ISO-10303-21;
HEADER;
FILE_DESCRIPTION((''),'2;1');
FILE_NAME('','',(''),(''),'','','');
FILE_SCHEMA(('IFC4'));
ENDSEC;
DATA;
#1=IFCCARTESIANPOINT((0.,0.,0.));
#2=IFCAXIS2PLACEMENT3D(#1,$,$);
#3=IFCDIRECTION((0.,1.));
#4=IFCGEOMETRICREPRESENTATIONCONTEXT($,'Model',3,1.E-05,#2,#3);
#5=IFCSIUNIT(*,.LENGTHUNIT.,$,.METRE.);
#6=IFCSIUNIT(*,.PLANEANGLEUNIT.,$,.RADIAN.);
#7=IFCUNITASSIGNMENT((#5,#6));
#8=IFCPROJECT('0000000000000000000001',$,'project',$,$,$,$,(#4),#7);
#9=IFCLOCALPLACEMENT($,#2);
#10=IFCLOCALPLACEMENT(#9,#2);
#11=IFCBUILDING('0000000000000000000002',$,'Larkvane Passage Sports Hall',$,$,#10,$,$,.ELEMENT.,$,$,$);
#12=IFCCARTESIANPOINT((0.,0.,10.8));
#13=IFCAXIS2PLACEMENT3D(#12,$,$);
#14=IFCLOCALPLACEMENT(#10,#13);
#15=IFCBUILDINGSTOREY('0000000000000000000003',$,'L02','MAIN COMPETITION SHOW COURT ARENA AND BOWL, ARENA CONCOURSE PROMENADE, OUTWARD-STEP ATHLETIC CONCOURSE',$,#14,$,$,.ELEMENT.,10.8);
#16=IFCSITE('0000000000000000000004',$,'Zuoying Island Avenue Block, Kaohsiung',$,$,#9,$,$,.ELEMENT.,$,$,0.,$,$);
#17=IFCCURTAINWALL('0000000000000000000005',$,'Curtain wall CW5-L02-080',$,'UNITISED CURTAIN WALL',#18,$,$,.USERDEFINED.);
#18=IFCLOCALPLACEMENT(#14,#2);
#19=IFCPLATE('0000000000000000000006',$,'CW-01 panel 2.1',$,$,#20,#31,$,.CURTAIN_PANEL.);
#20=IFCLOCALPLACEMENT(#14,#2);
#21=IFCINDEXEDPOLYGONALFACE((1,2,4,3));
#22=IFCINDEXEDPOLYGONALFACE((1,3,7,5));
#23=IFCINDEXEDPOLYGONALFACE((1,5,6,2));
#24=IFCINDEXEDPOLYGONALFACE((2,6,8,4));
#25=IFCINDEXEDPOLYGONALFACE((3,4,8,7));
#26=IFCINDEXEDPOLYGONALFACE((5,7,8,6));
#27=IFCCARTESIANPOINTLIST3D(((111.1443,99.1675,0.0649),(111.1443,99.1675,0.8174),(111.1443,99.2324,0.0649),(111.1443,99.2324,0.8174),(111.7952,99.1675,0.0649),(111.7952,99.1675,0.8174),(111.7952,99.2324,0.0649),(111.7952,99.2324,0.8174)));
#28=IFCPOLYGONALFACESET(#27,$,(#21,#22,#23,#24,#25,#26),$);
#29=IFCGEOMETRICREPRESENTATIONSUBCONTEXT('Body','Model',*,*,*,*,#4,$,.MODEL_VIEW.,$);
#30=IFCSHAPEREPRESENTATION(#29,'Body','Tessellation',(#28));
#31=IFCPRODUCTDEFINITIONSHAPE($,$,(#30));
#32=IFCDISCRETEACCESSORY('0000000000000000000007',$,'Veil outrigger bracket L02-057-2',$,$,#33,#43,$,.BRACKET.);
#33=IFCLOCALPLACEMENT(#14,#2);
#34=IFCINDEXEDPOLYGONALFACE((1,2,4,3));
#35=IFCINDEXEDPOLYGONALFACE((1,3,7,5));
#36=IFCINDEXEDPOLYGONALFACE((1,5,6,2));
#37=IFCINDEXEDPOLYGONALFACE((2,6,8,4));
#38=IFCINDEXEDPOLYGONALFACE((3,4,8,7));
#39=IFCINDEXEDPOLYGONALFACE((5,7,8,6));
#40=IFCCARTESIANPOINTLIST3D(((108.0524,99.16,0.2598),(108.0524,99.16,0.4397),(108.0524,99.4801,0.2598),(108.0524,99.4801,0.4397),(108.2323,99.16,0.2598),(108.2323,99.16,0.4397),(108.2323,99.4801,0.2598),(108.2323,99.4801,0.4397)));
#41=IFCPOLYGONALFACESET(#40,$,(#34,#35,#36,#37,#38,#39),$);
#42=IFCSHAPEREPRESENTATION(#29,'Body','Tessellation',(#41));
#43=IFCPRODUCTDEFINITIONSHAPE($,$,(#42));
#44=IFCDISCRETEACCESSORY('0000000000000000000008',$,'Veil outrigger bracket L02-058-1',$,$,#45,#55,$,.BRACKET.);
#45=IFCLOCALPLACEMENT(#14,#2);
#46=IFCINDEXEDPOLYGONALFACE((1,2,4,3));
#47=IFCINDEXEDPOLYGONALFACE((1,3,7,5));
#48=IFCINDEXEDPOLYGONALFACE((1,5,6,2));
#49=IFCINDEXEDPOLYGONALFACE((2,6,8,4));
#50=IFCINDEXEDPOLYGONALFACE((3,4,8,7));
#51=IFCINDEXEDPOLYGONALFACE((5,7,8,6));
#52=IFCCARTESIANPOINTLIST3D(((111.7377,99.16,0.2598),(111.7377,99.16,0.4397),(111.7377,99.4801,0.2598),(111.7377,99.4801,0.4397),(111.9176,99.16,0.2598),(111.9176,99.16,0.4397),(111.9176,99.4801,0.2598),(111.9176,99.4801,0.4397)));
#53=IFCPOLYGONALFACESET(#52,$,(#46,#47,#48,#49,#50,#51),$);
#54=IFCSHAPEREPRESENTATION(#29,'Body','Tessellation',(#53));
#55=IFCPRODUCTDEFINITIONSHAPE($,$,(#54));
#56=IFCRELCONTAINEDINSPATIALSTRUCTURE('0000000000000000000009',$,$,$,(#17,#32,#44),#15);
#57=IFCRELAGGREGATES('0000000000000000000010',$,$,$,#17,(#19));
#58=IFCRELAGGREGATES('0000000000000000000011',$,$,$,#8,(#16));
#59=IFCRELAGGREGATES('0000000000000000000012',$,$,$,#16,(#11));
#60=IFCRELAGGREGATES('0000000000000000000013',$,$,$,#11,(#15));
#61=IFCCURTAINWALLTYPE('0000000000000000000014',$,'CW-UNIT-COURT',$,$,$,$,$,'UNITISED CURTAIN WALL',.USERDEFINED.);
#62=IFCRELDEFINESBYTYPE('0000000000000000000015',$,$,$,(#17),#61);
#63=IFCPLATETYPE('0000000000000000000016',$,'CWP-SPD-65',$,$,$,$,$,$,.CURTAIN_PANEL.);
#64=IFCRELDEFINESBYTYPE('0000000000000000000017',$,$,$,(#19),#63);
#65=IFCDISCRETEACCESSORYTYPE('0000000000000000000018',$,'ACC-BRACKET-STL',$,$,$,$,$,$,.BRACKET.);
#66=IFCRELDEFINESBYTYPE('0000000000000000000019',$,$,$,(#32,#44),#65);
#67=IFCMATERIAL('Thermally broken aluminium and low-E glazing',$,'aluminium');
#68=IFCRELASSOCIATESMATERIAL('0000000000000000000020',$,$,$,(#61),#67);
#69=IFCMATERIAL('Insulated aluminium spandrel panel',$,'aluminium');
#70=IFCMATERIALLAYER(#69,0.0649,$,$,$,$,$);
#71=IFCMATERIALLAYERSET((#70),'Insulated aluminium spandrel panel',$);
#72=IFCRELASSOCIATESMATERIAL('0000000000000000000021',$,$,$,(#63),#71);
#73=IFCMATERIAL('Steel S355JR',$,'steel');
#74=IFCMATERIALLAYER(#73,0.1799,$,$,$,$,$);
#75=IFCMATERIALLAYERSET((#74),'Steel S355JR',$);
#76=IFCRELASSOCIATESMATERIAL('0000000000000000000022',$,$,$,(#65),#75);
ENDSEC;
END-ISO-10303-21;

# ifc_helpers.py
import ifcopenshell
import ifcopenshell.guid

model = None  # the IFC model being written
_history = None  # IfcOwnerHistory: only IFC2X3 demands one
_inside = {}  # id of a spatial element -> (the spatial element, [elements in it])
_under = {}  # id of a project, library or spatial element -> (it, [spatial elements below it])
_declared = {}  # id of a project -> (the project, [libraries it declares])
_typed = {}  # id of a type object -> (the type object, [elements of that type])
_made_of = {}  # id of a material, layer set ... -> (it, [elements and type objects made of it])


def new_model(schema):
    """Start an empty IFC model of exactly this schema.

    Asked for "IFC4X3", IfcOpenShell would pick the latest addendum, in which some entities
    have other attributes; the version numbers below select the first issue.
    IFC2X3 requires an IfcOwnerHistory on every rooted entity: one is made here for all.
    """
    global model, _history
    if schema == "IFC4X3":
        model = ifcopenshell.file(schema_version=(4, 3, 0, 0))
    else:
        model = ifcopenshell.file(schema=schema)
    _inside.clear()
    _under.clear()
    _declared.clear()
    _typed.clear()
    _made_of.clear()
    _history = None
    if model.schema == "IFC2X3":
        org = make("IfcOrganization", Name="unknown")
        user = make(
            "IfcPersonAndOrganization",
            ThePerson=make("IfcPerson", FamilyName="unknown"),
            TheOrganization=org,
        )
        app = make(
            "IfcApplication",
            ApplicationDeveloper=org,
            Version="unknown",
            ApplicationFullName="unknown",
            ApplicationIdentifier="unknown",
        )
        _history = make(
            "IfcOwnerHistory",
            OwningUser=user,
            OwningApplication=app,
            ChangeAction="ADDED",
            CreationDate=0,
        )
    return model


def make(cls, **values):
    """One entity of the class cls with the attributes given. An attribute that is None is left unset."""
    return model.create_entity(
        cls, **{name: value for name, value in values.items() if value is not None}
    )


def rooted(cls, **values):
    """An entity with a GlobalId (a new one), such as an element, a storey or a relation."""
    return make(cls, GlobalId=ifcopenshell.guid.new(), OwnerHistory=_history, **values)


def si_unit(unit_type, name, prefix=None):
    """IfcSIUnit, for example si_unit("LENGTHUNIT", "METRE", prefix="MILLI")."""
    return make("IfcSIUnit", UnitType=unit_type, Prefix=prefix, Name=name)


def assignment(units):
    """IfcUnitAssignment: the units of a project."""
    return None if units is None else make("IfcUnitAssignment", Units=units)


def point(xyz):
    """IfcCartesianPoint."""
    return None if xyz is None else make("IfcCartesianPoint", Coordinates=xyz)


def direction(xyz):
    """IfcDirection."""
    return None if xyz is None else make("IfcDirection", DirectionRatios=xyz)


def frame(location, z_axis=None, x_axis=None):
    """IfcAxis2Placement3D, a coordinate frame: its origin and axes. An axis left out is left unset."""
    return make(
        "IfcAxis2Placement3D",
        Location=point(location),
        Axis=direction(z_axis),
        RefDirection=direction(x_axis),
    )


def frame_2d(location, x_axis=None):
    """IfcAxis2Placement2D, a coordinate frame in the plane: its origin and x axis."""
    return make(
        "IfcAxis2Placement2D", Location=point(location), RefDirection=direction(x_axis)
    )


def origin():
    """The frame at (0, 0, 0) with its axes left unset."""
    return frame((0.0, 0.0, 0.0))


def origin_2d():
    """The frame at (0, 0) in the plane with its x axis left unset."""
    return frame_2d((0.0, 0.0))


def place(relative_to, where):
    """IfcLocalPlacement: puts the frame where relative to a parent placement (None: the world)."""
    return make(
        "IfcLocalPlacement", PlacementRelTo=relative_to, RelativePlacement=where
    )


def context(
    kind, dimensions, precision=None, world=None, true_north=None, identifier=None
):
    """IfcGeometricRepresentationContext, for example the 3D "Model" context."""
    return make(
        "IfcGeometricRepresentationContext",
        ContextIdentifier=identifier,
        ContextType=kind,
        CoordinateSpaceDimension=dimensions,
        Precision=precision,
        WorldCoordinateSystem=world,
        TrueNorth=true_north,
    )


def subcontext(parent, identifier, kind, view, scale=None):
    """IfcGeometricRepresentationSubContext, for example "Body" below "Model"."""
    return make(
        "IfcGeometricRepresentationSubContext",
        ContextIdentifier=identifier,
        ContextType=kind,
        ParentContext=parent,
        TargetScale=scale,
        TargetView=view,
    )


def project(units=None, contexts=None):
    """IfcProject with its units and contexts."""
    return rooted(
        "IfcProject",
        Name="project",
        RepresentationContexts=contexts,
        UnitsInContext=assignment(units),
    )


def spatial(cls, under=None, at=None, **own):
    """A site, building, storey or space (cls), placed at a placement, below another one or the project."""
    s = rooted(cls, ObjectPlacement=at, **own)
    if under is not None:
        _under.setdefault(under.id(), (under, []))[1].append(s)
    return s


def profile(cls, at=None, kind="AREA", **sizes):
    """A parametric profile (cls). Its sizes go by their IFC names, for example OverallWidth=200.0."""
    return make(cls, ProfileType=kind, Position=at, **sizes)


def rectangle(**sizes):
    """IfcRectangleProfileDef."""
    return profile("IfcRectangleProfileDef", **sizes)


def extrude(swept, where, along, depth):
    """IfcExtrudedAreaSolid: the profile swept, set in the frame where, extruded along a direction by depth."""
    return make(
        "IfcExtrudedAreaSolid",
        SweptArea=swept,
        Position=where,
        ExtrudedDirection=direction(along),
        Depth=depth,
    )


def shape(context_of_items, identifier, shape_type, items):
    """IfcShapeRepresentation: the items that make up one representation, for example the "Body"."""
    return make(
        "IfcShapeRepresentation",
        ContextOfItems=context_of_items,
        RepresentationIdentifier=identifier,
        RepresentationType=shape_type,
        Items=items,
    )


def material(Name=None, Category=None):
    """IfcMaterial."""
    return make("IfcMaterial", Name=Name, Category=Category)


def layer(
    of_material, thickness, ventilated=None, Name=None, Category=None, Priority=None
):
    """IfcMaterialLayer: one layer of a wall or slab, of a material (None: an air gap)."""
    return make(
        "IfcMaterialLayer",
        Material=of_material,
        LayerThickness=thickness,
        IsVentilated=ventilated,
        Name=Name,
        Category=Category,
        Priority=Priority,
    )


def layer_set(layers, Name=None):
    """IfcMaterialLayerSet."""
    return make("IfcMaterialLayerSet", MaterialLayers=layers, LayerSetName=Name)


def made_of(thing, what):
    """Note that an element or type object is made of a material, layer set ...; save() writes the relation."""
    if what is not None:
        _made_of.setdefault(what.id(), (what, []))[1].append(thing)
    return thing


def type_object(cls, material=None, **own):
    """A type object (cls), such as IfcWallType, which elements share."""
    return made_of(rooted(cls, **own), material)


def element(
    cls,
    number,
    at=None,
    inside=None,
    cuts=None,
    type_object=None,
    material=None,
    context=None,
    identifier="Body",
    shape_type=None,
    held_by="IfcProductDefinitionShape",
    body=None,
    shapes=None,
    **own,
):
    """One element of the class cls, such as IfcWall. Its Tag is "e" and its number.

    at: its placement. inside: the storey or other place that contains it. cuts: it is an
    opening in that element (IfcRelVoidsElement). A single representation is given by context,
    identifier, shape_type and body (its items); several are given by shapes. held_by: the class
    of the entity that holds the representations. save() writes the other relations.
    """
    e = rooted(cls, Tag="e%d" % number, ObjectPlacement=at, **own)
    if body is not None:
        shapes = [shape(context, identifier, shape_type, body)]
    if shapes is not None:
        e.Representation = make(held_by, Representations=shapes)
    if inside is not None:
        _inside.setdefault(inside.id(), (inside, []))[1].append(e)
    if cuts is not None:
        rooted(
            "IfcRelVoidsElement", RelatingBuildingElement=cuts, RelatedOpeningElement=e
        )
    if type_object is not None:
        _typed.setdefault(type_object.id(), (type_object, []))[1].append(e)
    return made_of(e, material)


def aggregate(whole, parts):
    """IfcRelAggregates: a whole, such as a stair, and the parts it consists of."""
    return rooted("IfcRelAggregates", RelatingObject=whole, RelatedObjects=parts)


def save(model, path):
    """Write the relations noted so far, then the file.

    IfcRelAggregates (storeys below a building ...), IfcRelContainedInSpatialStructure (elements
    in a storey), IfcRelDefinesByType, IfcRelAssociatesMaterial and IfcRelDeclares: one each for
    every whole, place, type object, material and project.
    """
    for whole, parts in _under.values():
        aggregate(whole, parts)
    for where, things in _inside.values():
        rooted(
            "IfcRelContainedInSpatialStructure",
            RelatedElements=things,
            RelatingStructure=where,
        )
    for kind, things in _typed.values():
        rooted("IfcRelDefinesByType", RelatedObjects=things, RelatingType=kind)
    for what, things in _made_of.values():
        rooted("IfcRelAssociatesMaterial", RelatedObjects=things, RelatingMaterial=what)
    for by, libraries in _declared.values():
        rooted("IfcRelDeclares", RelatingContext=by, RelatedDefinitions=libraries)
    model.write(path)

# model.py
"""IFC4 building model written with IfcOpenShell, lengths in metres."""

from ifc_helpers import new_model, si_unit, direction, frame, origin, origin_2d, place, context, subcontext, project, spatial, rectangle, extrude, material, layer, layer_set, type_object, element, aggregate, save


model = new_model("IFC4")

# Units and contexts
model_context = context("Model", 3, precision=1e-05, world=origin(), true_north=direction((0.0, 1.0)))
body_context = subcontext(model_context, "Body", "Model", "MODEL_VIEW")
ifc_project = project(units=[si_unit("LENGTHUNIT", "METRE"), si_unit("PLANEANGLEUNIT", "RADIAN")], contexts=[model_context])

# Site, building, storey
site_placement = place(None, origin())
site = spatial("IfcSite", under=ifc_project, at=site_placement, Name="Zuoying Island Avenue Block, Kaohsiung", CompositionType="ELEMENT", RefElevation=0.0)
building_placement = place(site_placement, origin())
building = spatial("IfcBuilding", under=site, at=building_placement, Name="Larkvane Passage Sports Hall", CompositionType="ELEMENT")
storey_placement = place(building_placement, frame((0.0, 0.0, 10.8)))
storey = spatial("IfcBuildingStorey", under=building, at=storey_placement, Name="L02", Description="MAIN COMPETITION SHOW COURT ARENA AND BOWL, ARENA CONCOURSE PROMENADE, OUTWARD-STEP ATHLETIC CONCOURSE", CompositionType="ELEMENT", Elevation=10.8)

# Curtain wall
ifc_material_1 = material(Name="Thermally broken aluminium and low-E glazing", Category="aluminium")
curtain_wall_type_1 = type_object("IfcCurtainWallType", Name="CW-UNIT-COURT", ElementType="UNITISED CURTAIN WALL", PredefinedType="USERDEFINED", material=ifc_material_1)
curtain_wall_1_placement = place(storey_placement, origin())
curtain_wall_1 = element("IfcCurtainWall", 1, at=curtain_wall_1_placement, inside=storey, type_object=curtain_wall_type_1, Name="Curtain wall CW5-L02-080", ObjectType="UNITISED CURTAIN WALL", PredefinedType="USERDEFINED")

# Shared definitions
ifc_material_2 = material(Name="Steel S355JR", Category="steel")

# Plate
ifc_material_3 = material(Name="Insulated aluminium spandrel panel", Category="aluminium")
ifc_layer_1 = layer(ifc_material_3, 0.0649)
ifc_layer_set_1 = layer_set([ifc_layer_1], Name="Insulated aluminium spandrel panel")
plate_type_1 = type_object("IfcPlateType", Name="CWP-SPD-65", PredefinedType="CURTAIN_PANEL", material=ifc_layer_set_1)
plate_1_placement = place(storey_placement, frame((111.4697, 99.2, 0.0649), z_axis=(0.0, 0.0, 1.0), x_axis=(1.0, 0.0, 0.0)))
plate_1 = element("IfcPlate", 2, at=plate_1_placement, type_object=plate_type_1, Name="CW-01 panel 2.1", PredefinedType="CURTAIN_PANEL", context=body_context, shape_type="SweptSolid", body=[
    extrude(rectangle(XDim=0.6509, YDim=0.0649, at=origin_2d()), origin(), (0.0, 0.0, 1.0), 0.7524),
])
aggregate(curtain_wall_1, [plate_1])

# Discrete accessories
ifc_layer_2 = layer(ifc_material_2, 0.1799)
ifc_layer_set_2 = layer_set([ifc_layer_2], Name="Steel S355JR")
discrete_accessory_type = type_object("IfcDiscreteAccessoryType", Name="ACC-BRACKET-STL", PredefinedType="BRACKET", material=ifc_layer_set_2)
for number, where, z_axis, x_axis, name in (
    (3, (108.1423, 99.3201, 0.2598), (0.0, 0.0, 1.0), (1.0, 0.0, 0.0), "Veil outrigger bracket L02-057-2"),
    (4, (111.8276, 99.3201, 0.2598), (0.0, 0.0, 1.0), (1.0, 0.0, 0.0), "Veil outrigger bracket L02-058-1"),
):
    element("IfcDiscreteAccessory", number, at=place(storey_placement, frame(where, z_axis=z_axis, x_axis=x_axis)), inside=storey, type_object=discrete_accessory_type, Name=name, PredefinedType="BRACKET", context=body_context, shape_type="SweptSolid", body=[
        extrude(rectangle(XDim=0.1799, YDim=0.3201, at=origin_2d()), origin(), (0.0, 0.0, 1.0), 0.1799),
    ])

save(model, "model.ifc")
